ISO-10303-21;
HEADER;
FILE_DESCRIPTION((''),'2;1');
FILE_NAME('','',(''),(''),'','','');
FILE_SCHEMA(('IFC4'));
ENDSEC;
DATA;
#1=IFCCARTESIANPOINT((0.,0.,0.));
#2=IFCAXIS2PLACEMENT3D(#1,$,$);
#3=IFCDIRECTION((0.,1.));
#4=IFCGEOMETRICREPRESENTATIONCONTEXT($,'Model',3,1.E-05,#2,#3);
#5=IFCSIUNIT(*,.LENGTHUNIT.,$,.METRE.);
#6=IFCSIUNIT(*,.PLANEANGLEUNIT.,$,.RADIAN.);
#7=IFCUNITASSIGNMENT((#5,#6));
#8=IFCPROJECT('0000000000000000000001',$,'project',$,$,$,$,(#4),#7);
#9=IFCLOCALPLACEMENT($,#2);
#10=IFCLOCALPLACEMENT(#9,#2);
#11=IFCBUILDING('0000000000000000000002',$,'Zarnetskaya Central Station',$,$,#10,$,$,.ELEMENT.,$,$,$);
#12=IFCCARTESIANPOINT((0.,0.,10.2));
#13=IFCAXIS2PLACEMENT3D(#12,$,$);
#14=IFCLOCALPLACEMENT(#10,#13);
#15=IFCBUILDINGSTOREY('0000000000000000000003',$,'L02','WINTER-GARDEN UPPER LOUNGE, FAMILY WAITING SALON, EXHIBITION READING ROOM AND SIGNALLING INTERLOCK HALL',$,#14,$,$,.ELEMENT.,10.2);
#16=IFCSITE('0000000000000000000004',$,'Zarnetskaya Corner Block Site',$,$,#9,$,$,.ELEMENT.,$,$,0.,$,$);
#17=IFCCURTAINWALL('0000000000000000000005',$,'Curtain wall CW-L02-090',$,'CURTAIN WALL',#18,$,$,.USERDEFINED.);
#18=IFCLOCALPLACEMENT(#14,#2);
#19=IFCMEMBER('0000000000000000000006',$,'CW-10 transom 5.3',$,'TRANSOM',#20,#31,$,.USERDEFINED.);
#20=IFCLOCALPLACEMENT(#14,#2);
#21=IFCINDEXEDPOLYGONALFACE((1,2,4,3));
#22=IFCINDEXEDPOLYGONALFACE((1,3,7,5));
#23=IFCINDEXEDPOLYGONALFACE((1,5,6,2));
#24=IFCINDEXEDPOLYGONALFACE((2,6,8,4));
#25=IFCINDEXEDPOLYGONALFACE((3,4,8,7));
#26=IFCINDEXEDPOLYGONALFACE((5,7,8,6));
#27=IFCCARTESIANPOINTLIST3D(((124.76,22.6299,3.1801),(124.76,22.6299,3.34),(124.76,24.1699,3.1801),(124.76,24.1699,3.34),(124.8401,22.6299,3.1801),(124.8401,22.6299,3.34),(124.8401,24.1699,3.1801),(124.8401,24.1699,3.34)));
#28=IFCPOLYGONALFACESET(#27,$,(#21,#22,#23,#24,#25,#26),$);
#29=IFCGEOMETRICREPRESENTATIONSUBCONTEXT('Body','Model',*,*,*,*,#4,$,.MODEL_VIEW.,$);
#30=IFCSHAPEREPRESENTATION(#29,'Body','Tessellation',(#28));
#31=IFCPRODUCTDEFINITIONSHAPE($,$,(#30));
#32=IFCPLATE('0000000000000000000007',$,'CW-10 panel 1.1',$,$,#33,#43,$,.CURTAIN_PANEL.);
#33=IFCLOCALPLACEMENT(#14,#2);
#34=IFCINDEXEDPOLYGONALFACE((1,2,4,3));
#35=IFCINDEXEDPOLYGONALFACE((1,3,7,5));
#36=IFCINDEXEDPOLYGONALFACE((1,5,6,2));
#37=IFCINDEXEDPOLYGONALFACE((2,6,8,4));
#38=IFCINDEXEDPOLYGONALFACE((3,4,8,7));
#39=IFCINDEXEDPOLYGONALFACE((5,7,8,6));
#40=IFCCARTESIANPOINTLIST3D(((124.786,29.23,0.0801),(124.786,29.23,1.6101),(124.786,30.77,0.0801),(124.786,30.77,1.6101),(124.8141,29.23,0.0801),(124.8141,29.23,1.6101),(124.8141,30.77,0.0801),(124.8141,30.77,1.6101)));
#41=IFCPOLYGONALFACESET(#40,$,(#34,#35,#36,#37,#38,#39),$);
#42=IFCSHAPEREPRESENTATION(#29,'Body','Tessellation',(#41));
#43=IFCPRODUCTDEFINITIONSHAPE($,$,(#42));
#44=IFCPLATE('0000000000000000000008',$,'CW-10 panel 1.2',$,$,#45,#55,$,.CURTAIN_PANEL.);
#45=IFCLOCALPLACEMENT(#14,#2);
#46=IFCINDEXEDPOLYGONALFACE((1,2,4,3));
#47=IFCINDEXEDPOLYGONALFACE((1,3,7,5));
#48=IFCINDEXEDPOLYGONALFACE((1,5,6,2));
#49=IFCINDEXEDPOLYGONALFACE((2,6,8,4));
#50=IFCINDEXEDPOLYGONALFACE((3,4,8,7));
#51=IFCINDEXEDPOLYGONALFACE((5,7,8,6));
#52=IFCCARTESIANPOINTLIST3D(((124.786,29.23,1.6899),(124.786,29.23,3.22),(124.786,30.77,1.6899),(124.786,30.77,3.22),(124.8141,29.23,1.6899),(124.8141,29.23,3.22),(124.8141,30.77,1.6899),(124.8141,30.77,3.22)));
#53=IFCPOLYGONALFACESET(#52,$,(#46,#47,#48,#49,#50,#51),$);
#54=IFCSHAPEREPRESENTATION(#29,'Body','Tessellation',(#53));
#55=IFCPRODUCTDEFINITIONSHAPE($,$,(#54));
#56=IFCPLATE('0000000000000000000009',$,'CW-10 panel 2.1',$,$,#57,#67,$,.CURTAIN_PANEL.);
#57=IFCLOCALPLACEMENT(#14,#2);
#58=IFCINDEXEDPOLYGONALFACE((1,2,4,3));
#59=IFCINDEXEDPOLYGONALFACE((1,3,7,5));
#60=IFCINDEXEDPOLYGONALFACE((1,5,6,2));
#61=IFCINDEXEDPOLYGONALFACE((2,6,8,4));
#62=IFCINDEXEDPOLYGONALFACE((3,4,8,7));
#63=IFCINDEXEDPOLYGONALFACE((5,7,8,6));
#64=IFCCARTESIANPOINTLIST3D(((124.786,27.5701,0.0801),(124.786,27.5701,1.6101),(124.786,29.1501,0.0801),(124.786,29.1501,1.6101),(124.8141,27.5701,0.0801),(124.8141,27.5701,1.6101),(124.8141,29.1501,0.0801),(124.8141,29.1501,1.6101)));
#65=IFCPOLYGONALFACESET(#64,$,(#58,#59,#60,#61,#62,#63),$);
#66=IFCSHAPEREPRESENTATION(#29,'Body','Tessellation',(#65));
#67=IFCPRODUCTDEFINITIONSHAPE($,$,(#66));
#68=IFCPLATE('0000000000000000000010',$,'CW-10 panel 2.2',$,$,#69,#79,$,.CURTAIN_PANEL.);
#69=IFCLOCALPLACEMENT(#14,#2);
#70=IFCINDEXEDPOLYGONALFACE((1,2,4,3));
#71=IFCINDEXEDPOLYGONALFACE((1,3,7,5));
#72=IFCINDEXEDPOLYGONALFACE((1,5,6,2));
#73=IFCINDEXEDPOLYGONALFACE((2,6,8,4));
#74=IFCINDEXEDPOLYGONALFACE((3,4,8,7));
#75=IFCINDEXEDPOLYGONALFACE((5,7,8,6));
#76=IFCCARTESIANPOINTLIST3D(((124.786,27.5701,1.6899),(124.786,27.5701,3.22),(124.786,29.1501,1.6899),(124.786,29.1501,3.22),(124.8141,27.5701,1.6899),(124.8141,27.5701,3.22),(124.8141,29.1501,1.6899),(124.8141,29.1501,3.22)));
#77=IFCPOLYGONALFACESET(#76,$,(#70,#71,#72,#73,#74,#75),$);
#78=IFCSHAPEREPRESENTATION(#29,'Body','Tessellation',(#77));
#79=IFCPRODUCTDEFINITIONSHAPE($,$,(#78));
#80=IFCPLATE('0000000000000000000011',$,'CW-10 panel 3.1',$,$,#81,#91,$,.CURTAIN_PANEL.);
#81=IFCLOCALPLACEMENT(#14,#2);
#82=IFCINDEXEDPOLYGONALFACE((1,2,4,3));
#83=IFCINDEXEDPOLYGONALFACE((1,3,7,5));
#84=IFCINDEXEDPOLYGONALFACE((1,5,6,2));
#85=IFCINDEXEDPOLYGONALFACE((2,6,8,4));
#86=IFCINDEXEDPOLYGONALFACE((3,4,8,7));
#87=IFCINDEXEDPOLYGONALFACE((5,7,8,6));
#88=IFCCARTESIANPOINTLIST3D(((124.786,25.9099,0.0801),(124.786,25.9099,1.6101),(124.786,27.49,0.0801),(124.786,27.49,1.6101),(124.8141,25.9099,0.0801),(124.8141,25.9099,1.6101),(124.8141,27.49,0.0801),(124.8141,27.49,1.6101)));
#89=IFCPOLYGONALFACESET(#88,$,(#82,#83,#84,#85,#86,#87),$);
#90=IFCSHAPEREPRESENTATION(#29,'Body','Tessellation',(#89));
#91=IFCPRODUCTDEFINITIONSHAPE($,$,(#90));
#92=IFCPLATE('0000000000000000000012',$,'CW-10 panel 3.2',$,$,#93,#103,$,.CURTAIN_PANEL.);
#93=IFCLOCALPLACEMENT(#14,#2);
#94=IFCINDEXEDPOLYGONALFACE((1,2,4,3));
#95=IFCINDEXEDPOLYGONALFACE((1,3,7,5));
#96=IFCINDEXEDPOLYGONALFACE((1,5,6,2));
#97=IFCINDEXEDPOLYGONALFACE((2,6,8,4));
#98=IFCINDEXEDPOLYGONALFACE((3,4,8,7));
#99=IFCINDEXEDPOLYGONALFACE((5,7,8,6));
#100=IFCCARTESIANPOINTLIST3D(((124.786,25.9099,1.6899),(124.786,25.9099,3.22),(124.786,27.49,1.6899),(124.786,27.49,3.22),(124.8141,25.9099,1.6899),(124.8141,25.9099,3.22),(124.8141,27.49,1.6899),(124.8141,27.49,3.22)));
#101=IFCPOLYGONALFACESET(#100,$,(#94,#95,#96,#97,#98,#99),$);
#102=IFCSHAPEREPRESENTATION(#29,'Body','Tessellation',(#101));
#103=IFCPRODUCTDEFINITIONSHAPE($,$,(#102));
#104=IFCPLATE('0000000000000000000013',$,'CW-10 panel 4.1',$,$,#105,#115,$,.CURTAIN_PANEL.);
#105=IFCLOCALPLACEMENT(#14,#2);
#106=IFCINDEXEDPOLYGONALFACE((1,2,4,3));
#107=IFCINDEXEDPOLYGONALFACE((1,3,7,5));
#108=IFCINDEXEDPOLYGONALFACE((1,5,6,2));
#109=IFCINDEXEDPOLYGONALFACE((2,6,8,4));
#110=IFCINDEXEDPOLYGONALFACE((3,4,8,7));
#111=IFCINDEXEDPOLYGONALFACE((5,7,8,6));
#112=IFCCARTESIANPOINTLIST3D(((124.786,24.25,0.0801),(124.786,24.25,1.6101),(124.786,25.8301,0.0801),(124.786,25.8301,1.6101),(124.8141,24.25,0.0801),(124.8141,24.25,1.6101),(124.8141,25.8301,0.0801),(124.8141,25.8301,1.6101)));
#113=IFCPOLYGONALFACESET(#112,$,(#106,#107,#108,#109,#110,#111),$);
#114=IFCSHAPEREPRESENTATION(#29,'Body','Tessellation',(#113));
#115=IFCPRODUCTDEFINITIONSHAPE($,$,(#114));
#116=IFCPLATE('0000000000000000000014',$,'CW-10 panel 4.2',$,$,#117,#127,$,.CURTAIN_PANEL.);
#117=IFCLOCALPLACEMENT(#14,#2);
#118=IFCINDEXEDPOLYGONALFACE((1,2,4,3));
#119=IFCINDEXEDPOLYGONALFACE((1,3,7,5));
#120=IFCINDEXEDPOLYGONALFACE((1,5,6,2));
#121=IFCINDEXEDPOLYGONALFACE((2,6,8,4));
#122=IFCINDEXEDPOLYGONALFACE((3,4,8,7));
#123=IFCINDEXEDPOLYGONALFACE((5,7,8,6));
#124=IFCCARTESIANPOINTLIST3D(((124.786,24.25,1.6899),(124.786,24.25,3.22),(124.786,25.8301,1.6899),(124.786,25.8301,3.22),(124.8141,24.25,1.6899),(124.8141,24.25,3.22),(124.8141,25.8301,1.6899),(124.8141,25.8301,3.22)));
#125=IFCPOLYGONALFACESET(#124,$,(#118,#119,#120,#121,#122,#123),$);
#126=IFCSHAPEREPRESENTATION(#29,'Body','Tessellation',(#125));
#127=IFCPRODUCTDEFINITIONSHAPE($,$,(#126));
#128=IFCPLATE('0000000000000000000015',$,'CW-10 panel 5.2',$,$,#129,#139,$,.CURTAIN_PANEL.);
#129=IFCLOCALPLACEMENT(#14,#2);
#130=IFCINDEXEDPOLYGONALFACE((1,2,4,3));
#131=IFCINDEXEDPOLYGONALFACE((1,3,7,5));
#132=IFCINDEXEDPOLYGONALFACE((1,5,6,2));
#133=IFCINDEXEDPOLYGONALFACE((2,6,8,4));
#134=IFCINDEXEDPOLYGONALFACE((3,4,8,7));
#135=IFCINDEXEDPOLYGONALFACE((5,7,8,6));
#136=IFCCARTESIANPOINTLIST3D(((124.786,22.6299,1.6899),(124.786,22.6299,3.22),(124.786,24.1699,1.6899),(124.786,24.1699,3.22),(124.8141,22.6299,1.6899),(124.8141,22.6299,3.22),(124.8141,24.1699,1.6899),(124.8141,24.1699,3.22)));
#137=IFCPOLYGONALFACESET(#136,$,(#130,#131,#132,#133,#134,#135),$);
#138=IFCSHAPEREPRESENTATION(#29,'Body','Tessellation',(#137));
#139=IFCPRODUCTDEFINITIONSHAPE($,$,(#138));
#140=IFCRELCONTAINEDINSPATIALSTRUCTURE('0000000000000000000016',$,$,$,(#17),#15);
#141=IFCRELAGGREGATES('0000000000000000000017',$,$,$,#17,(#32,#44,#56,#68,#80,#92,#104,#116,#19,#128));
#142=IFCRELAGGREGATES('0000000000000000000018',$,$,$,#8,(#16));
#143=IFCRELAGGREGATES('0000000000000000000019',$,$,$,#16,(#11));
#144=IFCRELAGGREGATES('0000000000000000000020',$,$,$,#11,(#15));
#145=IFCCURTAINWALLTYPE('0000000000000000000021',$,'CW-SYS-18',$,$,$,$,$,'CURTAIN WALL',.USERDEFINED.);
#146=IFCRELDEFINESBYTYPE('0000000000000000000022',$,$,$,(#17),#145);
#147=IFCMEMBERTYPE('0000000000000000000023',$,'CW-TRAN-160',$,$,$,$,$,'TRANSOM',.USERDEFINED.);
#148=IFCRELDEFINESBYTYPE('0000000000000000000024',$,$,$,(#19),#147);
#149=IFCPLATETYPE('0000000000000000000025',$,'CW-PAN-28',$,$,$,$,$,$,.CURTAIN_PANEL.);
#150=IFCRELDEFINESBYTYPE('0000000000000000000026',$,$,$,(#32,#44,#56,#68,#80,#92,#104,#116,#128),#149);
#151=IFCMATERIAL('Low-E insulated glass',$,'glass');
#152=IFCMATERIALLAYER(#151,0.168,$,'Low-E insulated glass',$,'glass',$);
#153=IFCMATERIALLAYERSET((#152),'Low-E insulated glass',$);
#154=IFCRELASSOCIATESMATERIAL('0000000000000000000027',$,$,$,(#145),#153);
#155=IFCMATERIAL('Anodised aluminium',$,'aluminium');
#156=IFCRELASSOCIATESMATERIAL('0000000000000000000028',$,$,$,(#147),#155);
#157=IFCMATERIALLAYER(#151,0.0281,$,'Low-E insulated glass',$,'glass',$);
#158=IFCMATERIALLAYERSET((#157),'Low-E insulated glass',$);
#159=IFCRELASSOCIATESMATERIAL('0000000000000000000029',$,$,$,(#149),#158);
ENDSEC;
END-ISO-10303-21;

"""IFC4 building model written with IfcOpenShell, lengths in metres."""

from ifc_helpers import new_model, si_unit, direction, frame, origin, origin_2d, place, context, subcontext, project, spatial, rectangle, extrude, material, layer, layer_set, material_profile, profile_set, type_object, element, aggregate, save


model = new_model("IFC4")

# Units and contexts
model_context = context("Model", 3, precision=1e-05, world=origin(), true_north=direction((0.0, 1.0)))
body_context = subcontext(model_context, "Body", "Model", "MODEL_VIEW")
ifc_project = project(units=[si_unit("LENGTHUNIT", "METRE"), si_unit("PLANEANGLEUNIT", "RADIAN")], contexts=[model_context])

# Site, building, storey
site_placement = place(None, origin())
site = spatial("IfcSite", under=ifc_project, at=site_placement, Name="Zarnetskaya Corner Block Site", CompositionType="ELEMENT", RefElevation=0.0)
building_placement = place(site_placement, origin())
building = spatial("IfcBuilding", under=site, at=building_placement, Name="Zarnetskaya Central Station", CompositionType="ELEMENT")
storey_placement = place(building_placement, frame((0.0, 0.0, 10.2)))
storey = spatial("IfcBuildingStorey", under=building, at=storey_placement, Name="L02", Description="WINTER-GARDEN UPPER LOUNGE, FAMILY WAITING SALON, EXHIBITION READING ROOM AND SIGNALLING INTERLOCK HALL", CompositionType="ELEMENT", Elevation=10.2)

# Curtain wall, member, plates
ifc_material_1 = material(Name="Low-E insulated glass", Category="glass")
ifc_layer_1 = layer(ifc_material_1, 0.168, Name="Low-E insulated glass", Category="glass")
ifc_layer_set_1 = layer_set([ifc_layer_1], Name="Low-E insulated glass")
curtain_wall_type = type_object("IfcCurtainWallType", Name="CW-SYS-18", ElementType="CURTAIN WALL", PredefinedType="USERDEFINED", material=ifc_layer_set_1)
curtain_wall_placement = place(storey_placement, origin())
curtain_wall = element("IfcCurtainWall", 1, at=curtain_wall_placement, inside=storey, type_object=curtain_wall_type, Name="Curtain wall CW-L02-090", ObjectType="CURTAIN WALL", PredefinedType="USERDEFINED")
ifc_material_2 = material(Name="Anodised aluminium", Category="aluminium")
ifc_material_profile_1 = material_profile(ifc_material_2, rectangle(XDim=0.0801, YDim=0.1599, at=origin_2d()), Name="ALU TRAN 80x160")
ifc_profile_set_1 = profile_set([ifc_material_profile_1], Name="Anodised aluminium")
member_type_1 = type_object("IfcMemberType", Name="CW-TRAN-160", ElementType="TRANSOM", PredefinedType="USERDEFINED", material=ifc_profile_set_1)
member_1_placement = place(storey_placement, frame((124.8, 24.1699, 3.26), z_axis=(0.0, -1.0, 0.0), x_axis=(1.0, 0.0, 0.0)))
member_1 = element("IfcMember", 2, at=member_1_placement, type_object=member_type_1, Name="CW-10 transom 5.3", ObjectType="TRANSOM", PredefinedType="USERDEFINED", context=body_context, shape_type="SweptSolid", body=[
    extrude(rectangle(XDim=0.0801, YDim=0.1599, at=origin_2d()), origin(), (0.0, 0.0, 1.0), 1.54),
])
ifc_layer_2 = layer(ifc_material_1, 0.0281, Name="Low-E insulated glass", Category="glass")
ifc_layer_set_2 = layer_set([ifc_layer_2], Name="Low-E insulated glass")
plate_type = type_object("IfcPlateType", Name="CW-PAN-28", PredefinedType="CURTAIN_PANEL", material=ifc_layer_set_2)
plate_1_placement = place(storey_placement, frame((124.8, 30.0, 0.0801), z_axis=(0.0, 0.0, 1.0), x_axis=(0.0, -1.0, 0.0)))
plate_1 = element("IfcPlate", 3, at=plate_1_placement, type_object=plate_type, Name="CW-10 panel 1.1", PredefinedType="CURTAIN_PANEL", context=body_context, shape_type="SweptSolid", body=[
    extrude(rectangle(XDim=1.54, YDim=0.0281, at=origin_2d()), origin(), (0.0, 0.0, 1.0), 1.53),
])
plate_2_placement = place(storey_placement, frame((124.8, 30.0, 1.6899), z_axis=(0.0, 0.0, 1.0), x_axis=(0.0, -1.0, 0.0)))
plate_2 = element("IfcPlate", 4, at=plate_2_placement, type_object=plate_type, Name="CW-10 panel 1.2", PredefinedType="CURTAIN_PANEL", context=body_context, shape_type="SweptSolid", body=[
    extrude(rectangle(XDim=1.54, YDim=0.0281, at=origin_2d()), origin(), (0.0, 0.0, 1.0), 1.53),
])
plate_3_placement = place(storey_placement, frame((124.8, 28.3601, 0.0801), z_axis=(0.0, 0.0, 1.0), x_axis=(0.0, -1.0, 0.0)))
plate_3 = element("IfcPlate", 5, at=plate_3_placement, type_object=plate_type, Name="CW-10 panel 2.1", PredefinedType="CURTAIN_PANEL", context=body_context, shape_type="SweptSolid", body=[
    extrude(rectangle(XDim=1.5801, YDim=0.0281, at=origin_2d()), origin(), (0.0, 0.0, 1.0), 1.53),
])
plate_4_placement = place(storey_placement, frame((124.8, 28.3601, 1.6899), z_axis=(0.0, 0.0, 1.0), x_axis=(0.0, -1.0, 0.0)))
plate_4 = element("IfcPlate", 6, at=plate_4_placement, type_object=plate_type, Name="CW-10 panel 2.2", PredefinedType="CURTAIN_PANEL", context=body_context, shape_type="SweptSolid", body=[
    extrude(rectangle(XDim=1.5801, YDim=0.0281, at=origin_2d()), origin(), (0.0, 0.0, 1.0), 1.53),
])
plate_5_placement = place(storey_placement, frame((124.8, 26.7, 0.0801), z_axis=(0.0, 0.0, 1.0), x_axis=(0.0, -1.0, 0.0)))
plate_5 = element("IfcPlate", 7, at=plate_5_placement, type_object=plate_type, Name="CW-10 panel 3.1", PredefinedType="CURTAIN_PANEL", context=body_context, shape_type="SweptSolid", body=[
    extrude(rectangle(XDim=1.5801, YDim=0.0281, at=origin_2d()), origin(), (0.0, 0.0, 1.0), 1.53),
])
plate_6_placement = place(storey_placement, frame((124.8, 26.7, 1.6899), z_axis=(0.0, 0.0, 1.0), x_axis=(0.0, -1.0, 0.0)))
plate_6 = element("IfcPlate", 8, at=plate_6_placement, type_object=plate_type, Name="CW-10 panel 3.2", PredefinedType="CURTAIN_PANEL", context=body_context, shape_type="SweptSolid", body=[
    extrude(rectangle(XDim=1.5801, YDim=0.0281, at=origin_2d()), origin(), (0.0, 0.0, 1.0), 1.53),
])
plate_7_placement = place(storey_placement, frame((124.8, 25.04, 0.0801), z_axis=(0.0, 0.0, 1.0), x_axis=(0.0, -1.0, 0.0)))
plate_7 = element("IfcPlate", 9, at=plate_7_placement, type_object=plate_type, Name="CW-10 panel 4.1", PredefinedType="CURTAIN_PANEL", context=body_context, shape_type="SweptSolid", body=[
    extrude(rectangle(XDim=1.5801, YDim=0.0281, at=origin_2d()), origin(), (0.0, 0.0, 1.0), 1.53),
])
plate_8_placement = place(storey_placement, frame((124.8, 25.04, 1.6899), z_axis=(0.0, 0.0, 1.0), x_axis=(0.0, -1.0, 0.0)))
plate_8 = element("IfcPlate", 10, at=plate_8_placement, type_object=plate_type, Name="CW-10 panel 4.2", PredefinedType="CURTAIN_PANEL", context=body_context, shape_type="SweptSolid", body=[
    extrude(rectangle(XDim=1.5801, YDim=0.0281, at=origin_2d()), origin(), (0.0, 0.0, 1.0), 1.53),
])
plate_9_placement = place(storey_placement, frame((124.8, 23.3999, 1.6899), z_axis=(0.0, 0.0, 1.0), x_axis=(0.0, -1.0, 0.0)))
plate_9 = element("IfcPlate", 11, at=plate_9_placement, type_object=plate_type, Name="CW-10 panel 5.2", PredefinedType="CURTAIN_PANEL", context=body_context, shape_type="SweptSolid", body=[
    extrude(rectangle(XDim=1.54, YDim=0.0281, at=origin_2d()), origin(), (0.0, 0.0, 1.0), 1.53),
])
aggregate(curtain_wall, [plate_1, plate_2, plate_3, plate_4, plate_5, plate_6, plate_7, plate_8, member_1, plate_9])

save(model, "model.ifc")
